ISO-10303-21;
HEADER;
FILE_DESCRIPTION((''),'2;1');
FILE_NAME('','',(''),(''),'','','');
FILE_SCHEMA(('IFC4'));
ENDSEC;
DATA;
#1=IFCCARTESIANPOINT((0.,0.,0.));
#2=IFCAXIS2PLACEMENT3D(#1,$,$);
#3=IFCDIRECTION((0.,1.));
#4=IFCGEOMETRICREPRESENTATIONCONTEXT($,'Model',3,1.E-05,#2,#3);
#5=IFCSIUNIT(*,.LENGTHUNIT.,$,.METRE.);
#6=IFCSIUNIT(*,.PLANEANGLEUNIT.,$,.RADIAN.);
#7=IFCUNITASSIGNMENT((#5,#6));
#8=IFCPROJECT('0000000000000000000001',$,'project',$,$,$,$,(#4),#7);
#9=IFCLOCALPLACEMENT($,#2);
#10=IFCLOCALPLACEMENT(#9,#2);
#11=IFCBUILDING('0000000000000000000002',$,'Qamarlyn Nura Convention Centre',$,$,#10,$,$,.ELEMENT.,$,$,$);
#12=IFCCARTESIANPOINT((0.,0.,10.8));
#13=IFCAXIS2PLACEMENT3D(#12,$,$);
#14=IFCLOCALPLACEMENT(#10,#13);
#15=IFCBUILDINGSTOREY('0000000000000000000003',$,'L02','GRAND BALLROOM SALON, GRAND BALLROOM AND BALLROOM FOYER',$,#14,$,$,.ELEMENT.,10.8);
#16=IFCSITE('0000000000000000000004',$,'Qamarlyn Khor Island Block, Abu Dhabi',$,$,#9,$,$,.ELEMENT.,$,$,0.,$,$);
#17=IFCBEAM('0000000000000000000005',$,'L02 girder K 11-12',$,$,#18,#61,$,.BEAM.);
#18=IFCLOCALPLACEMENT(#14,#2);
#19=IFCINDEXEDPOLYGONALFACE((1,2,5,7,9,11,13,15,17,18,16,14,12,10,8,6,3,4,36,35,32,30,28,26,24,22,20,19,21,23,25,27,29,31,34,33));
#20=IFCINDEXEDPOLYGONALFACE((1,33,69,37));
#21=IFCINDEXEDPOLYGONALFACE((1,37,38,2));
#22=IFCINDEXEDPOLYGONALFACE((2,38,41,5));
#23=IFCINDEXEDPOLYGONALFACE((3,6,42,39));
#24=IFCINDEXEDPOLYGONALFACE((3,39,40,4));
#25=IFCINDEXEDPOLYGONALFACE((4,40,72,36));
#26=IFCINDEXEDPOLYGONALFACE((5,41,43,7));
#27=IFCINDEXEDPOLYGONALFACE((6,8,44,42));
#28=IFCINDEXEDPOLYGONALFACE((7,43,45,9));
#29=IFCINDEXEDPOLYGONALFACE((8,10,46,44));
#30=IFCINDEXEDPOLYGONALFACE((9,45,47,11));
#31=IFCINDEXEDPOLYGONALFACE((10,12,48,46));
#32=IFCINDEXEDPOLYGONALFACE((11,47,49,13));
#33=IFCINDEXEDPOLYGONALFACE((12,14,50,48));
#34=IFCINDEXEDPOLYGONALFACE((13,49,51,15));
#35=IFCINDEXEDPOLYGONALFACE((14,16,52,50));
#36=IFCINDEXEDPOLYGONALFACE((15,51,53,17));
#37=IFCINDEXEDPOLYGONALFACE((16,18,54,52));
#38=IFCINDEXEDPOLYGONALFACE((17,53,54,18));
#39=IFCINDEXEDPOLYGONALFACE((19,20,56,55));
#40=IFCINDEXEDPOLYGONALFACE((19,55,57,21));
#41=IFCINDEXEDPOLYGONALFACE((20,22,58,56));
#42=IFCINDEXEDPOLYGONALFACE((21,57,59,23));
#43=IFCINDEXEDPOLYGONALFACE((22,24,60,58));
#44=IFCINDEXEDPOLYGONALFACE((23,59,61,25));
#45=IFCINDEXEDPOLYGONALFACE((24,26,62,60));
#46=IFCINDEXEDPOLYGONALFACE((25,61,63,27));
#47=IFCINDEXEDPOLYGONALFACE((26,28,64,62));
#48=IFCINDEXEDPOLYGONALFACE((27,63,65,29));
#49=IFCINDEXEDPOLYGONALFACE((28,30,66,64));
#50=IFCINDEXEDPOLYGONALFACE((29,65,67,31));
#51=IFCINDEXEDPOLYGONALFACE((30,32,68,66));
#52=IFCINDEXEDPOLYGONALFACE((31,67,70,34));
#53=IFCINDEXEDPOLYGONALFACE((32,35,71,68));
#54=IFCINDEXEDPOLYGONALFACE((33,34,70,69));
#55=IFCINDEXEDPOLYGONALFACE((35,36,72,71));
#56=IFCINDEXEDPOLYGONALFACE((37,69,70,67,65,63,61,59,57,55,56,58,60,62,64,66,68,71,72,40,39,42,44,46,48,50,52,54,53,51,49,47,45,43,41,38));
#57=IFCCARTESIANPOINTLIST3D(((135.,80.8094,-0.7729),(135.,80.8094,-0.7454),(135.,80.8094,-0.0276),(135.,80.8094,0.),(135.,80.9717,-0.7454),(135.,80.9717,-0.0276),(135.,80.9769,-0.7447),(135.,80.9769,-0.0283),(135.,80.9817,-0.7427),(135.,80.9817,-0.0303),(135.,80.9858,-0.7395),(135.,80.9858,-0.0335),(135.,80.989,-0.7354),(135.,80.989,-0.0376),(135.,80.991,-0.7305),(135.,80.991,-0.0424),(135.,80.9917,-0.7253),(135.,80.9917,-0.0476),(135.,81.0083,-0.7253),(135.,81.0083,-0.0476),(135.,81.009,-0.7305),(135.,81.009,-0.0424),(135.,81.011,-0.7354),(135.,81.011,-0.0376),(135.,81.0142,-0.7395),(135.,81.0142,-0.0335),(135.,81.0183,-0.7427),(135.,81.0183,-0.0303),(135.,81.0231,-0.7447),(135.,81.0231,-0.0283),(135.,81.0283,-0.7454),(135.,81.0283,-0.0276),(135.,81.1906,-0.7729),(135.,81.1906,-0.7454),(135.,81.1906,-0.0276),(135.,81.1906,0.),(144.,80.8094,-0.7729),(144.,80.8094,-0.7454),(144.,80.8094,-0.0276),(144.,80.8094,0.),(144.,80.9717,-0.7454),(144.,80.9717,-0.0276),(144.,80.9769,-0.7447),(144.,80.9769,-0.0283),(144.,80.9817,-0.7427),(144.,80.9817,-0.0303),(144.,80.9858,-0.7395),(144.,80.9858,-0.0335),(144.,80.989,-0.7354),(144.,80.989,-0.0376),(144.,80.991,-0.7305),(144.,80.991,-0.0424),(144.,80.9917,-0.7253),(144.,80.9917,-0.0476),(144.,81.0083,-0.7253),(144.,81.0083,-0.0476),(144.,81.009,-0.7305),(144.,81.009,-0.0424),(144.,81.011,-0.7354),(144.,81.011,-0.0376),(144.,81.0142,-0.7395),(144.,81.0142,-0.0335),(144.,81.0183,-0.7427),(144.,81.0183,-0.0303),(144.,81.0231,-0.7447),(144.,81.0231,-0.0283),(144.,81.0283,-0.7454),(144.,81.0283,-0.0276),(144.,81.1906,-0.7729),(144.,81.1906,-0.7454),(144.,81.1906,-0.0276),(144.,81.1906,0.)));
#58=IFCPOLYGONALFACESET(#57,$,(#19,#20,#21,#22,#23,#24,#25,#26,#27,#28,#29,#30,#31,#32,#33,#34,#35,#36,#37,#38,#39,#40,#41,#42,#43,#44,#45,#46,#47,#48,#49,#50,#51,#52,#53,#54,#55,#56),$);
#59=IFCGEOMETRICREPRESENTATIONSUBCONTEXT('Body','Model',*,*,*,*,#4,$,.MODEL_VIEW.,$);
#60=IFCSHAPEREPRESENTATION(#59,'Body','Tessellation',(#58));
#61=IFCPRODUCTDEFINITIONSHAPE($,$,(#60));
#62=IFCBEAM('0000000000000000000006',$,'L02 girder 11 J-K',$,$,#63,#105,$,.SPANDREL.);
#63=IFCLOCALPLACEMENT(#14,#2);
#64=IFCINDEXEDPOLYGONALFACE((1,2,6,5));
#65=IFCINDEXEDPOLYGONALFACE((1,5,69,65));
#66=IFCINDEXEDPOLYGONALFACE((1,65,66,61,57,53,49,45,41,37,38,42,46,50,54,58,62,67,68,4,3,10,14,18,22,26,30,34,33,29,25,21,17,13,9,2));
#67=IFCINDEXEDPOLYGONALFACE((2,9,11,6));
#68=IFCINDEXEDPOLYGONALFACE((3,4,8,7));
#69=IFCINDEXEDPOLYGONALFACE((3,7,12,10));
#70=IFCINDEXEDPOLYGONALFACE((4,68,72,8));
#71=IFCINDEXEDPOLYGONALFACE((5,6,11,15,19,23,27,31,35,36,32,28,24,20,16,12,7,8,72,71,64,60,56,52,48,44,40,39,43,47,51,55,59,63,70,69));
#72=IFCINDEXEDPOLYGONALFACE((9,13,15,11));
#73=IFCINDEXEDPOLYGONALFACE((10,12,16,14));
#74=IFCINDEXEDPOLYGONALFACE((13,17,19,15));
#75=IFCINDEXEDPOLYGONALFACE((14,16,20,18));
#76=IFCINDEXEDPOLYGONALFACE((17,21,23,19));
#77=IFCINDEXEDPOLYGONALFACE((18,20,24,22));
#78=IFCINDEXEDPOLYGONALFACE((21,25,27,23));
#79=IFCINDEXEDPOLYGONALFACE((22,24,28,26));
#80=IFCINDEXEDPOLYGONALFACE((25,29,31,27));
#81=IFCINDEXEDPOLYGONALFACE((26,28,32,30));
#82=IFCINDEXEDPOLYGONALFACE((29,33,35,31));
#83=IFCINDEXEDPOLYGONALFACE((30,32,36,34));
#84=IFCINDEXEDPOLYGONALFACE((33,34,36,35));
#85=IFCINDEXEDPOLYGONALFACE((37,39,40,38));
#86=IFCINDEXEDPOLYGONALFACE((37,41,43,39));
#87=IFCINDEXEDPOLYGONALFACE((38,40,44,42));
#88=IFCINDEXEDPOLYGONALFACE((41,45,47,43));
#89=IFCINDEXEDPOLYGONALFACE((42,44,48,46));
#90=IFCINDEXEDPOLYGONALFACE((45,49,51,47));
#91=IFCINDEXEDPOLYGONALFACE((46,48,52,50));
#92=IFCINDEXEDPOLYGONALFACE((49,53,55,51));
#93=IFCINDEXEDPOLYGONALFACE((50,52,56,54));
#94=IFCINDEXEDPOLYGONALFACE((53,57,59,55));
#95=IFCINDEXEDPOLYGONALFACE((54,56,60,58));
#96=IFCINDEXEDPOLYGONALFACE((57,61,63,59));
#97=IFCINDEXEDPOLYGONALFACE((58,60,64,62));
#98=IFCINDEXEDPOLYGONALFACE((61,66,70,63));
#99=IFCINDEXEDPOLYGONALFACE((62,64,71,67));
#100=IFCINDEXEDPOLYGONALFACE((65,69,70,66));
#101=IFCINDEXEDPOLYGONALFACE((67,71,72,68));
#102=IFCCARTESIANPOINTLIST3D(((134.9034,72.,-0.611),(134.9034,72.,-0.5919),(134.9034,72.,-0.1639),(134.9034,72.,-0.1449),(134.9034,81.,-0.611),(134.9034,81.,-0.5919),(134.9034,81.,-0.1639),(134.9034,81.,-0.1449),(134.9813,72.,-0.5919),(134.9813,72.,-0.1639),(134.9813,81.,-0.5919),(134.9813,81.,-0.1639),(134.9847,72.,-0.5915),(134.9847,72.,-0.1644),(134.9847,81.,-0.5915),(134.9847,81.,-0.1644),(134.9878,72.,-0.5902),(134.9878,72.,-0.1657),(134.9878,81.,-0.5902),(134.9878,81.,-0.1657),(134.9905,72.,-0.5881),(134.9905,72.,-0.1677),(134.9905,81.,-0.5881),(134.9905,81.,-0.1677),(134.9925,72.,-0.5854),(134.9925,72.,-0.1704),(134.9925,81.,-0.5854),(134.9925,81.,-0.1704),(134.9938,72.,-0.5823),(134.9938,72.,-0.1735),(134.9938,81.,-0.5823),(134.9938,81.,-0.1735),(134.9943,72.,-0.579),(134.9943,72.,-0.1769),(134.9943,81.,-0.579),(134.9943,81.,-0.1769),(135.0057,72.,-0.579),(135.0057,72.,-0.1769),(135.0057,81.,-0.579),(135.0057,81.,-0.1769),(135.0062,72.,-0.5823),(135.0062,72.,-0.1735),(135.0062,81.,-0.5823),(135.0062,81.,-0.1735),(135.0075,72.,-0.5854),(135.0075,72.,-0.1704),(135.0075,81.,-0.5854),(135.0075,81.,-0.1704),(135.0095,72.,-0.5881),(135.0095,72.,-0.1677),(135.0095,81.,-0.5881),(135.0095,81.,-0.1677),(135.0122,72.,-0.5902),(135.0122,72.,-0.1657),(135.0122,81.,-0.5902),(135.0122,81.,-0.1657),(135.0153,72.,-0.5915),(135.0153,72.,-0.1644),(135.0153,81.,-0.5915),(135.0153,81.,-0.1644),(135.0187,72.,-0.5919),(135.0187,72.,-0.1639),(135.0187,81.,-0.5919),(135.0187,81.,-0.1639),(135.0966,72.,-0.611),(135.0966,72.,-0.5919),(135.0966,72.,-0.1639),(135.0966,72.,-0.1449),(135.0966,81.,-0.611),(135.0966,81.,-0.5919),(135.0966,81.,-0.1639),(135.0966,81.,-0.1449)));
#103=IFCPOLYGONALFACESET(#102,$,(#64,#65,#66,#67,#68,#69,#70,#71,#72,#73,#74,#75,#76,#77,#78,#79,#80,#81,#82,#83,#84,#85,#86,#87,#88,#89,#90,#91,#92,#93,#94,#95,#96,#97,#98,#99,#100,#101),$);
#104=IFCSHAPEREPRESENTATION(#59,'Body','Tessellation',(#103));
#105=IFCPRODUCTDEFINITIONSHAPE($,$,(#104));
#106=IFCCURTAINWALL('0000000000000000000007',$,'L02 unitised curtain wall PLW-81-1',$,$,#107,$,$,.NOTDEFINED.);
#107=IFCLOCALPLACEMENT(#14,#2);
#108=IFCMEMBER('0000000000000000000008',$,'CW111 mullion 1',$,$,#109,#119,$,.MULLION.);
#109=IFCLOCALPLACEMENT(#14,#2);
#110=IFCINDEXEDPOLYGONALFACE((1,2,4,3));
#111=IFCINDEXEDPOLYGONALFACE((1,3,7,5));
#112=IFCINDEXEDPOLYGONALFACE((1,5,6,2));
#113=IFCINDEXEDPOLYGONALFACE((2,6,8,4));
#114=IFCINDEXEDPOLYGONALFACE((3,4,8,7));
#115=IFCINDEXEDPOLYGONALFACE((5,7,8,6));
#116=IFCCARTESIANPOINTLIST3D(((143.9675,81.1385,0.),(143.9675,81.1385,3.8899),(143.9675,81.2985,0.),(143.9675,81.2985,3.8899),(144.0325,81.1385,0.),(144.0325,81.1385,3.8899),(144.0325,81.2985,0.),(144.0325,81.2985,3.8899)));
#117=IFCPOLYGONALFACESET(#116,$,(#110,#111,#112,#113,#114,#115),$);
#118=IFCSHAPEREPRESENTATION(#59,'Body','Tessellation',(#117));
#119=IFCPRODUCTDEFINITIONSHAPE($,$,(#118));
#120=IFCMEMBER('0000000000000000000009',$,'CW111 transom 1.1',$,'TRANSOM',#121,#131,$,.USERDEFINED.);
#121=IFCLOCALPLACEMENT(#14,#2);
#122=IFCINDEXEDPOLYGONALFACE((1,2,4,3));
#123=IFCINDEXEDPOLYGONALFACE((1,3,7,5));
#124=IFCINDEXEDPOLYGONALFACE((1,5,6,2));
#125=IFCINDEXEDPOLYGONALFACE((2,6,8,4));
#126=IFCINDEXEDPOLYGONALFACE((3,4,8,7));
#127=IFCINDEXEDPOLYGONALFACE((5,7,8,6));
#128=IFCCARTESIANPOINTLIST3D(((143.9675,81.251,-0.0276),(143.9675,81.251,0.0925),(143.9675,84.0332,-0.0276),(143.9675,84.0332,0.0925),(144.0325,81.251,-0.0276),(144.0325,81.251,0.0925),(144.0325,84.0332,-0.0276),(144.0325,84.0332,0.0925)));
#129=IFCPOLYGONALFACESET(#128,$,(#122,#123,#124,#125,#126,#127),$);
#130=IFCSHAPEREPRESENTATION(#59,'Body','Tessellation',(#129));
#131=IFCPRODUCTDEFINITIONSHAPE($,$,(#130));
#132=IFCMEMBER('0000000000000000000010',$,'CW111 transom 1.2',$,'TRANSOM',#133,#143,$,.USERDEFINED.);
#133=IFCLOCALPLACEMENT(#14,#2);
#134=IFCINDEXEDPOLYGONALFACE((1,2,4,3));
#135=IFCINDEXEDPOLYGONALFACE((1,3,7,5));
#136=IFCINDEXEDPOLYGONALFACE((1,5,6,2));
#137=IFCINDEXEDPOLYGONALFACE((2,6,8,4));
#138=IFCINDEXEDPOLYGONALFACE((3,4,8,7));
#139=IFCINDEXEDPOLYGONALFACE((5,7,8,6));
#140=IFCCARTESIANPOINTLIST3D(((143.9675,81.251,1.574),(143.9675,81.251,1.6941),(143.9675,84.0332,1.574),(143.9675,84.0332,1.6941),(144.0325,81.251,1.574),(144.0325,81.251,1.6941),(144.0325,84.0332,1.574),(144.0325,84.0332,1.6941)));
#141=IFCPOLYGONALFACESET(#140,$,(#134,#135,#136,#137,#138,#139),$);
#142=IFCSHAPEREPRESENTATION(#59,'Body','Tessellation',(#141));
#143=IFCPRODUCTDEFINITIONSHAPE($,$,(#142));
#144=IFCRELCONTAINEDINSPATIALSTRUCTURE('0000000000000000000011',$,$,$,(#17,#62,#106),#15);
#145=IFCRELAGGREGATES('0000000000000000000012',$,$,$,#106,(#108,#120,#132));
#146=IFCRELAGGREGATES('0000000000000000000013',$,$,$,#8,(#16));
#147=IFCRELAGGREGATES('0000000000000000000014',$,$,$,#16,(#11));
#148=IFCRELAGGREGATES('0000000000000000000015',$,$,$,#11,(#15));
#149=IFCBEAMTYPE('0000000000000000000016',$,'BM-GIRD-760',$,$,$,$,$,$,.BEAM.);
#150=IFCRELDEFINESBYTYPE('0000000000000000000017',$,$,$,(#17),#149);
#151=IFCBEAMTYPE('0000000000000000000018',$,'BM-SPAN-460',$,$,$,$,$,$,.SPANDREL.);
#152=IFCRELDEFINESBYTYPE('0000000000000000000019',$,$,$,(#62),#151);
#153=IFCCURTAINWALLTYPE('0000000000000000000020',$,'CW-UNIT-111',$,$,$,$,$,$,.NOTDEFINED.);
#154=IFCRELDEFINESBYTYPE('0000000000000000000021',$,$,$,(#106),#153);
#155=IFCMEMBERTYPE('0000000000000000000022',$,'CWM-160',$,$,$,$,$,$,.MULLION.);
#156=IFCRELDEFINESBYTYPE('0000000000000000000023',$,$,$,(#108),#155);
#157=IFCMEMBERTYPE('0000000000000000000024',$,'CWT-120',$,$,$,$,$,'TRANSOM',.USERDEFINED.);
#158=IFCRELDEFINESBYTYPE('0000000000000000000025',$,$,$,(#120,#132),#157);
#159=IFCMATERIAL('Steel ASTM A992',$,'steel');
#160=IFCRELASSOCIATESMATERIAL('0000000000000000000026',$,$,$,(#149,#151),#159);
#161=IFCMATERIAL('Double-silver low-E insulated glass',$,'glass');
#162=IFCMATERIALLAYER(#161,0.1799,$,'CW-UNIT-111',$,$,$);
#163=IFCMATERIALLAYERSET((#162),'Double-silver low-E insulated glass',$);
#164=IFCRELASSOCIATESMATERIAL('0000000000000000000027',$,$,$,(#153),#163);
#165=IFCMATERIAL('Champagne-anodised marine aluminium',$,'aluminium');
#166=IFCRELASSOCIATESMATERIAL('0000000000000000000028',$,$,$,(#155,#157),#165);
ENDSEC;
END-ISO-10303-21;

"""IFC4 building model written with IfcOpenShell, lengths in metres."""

from ifc_helpers import new_model, si_unit, direction, frame, origin, origin_2d, place, context, subcontext, project, spatial, rectangle, i_section, extrude, material, layer, layer_set, material_profile, profile_set, type_object, element, aggregate, save


model = new_model("IFC4")

# Units and contexts
model_context = context("Model", 3, precision=1e-05, world=origin(), true_north=direction((0.0, 1.0)))
body_context = subcontext(model_context, "Body", "Model", "MODEL_VIEW")
ifc_project = project(units=[si_unit("LENGTHUNIT", "METRE"), si_unit("PLANEANGLEUNIT", "RADIAN")], contexts=[model_context])

# Site, building, storey
site_placement = place(None, origin())
site = spatial("IfcSite", under=ifc_project, at=site_placement, Name="Qamarlyn Khor Island Block, Abu Dhabi", CompositionType="ELEMENT", RefElevation=0.0)
building_placement = place(site_placement, origin())
building = spatial("IfcBuilding", under=site, at=building_placement, Name="Qamarlyn Nura Convention Centre", CompositionType="ELEMENT")
storey_placement = place(building_placement, frame((0.0, 0.0, 10.8)))
storey = spatial("IfcBuildingStorey", under=building, at=storey_placement, Name="L02", Description="GRAND BALLROOM SALON, GRAND BALLROOM AND BALLROOM FOYER", CompositionType="ELEMENT", Elevation=10.8)

# Shared definitions
ifc_material_1 = material(Name="Steel ASTM A992", Category="steel")

# Beams
ifc_material_profile_1 = material_profile(ifc_material_1, i_section(OverallWidth=0.3811, OverallDepth=0.7729, WebThickness=0.0166, FlangeThickness=0.0276, FilletRadius=0.02, at=origin_2d()), Name="W760X257")
ifc_profile_set_1 = profile_set([ifc_material_profile_1], Name="Steel ASTM A992")
beam_type_1 = type_object("IfcBeamType", Name="BM-GIRD-760", PredefinedType="BEAM", material=ifc_profile_set_1)
beam_1_placement = place(storey_placement, frame((135.0, 81.0, -0.3865), z_axis=(1.0, 0.0, 0.0), x_axis=(0.0, 1.0, 0.0)))
element("IfcBeam", 1, at=beam_1_placement, inside=storey, type_object=beam_type_1, Name="L02 girder K 11-12", PredefinedType="BEAM", context=body_context, shape_type="SweptSolid", body=[
    extrude(i_section(OverallWidth=0.3811, OverallDepth=0.7729, WebThickness=0.0166, FlangeThickness=0.0276, FilletRadius=0.02, at=origin_2d()), origin(), (0.0, 0.0, 1.0), 9.0),
])
ifc_material_profile_2 = material_profile(ifc_material_1, i_section(OverallWidth=0.1931, OverallDepth=0.4661, WebThickness=0.0115, FlangeThickness=0.019, FilletRadius=0.0129, at=origin_2d()), Name="W460X97")
ifc_profile_set_2 = profile_set([ifc_material_profile_2], Name="Steel ASTM A992")
beam_type_2 = type_object("IfcBeamType", Name="BM-SPAN-460", PredefinedType="SPANDREL", material=ifc_profile_set_2)
beam_2_placement = place(storey_placement, frame((135.0, 72.0, -0.3779), z_axis=(0.0, 1.0, 0.0), x_axis=(-1.0, 0.0, 0.0)))
element("IfcBeam", 2, at=beam_2_placement, inside=storey, type_object=beam_type_2, Name="L02 girder 11 J-K", PredefinedType="SPANDREL", context=body_context, shape_type="SweptSolid", body=[
    extrude(i_section(OverallWidth=0.1931, OverallDepth=0.4661, WebThickness=0.0115, FlangeThickness=0.019, FilletRadius=0.0129, at=origin_2d()), origin(), (0.0, 0.0, 1.0), 9.0),
])

# Curtain wall, members
ifc_material_2 = material(Name="Double-silver low-E insulated glass", Category="glass")
ifc_layer_1 = layer(ifc_material_2, 0.1799, Name="CW-UNIT-111")
ifc_layer_set_1 = layer_set([ifc_layer_1], Name="Double-silver low-E insulated glass")
curtain_wall_type = type_object("IfcCurtainWallType", Name="CW-UNIT-111", PredefinedType="NOTDEFINED", material=ifc_layer_set_1)
curtain_wall_placement = place(storey_placement, origin())
curtain_wall = element("IfcCurtainWall", 3, at=curtain_wall_placement, inside=storey, type_object=curtain_wall_type, Name="L02 unitised curtain wall PLW-81-1", PredefinedType="NOTDEFINED")
ifc_material_3 = material(Name="Champagne-anodised marine aluminium", Category="aluminium")
ifc_material_profile_3 = material_profile(ifc_material_3, rectangle(XDim=0.0649, YDim=0.1599, at=origin_2d()), Name="ALU MULLION 65x160")
ifc_profile_set_3 = profile_set([ifc_material_profile_3], Name="Champagne-anodised marine aluminium")
member_type_1 = type_object("IfcMemberType", Name="CWM-160", PredefinedType="MULLION", material=ifc_profile_set_3)
member_1_placement = place(storey_placement, frame((144.0, 81.2185, 0.0), z_axis=(0.0, 0.0, 1.0), x_axis=(-1.0, 0.0, 0.0)))
member_1 = element("IfcMember", 4, at=member_1_placement, type_object=member_type_1, Name="CW111 mullion 1", PredefinedType="MULLION", context=body_context, shape_type="SweptSolid", body=[
    extrude(rectangle(XDim=0.0649, YDim=0.1599, at=origin_2d()), origin(), (0.0, 0.0, 1.0), 3.8899),
])
ifc_material_profile_4 = material_profile(ifc_material_3, rectangle(XDim=0.0649, YDim=0.1201, at=origin_2d()), Name="ALU TRANSOM 65x120")
ifc_profile_set_4 = profile_set([ifc_material_profile_4], Name="Champagne-anodised marine aluminium")
member_type_2 = type_object("IfcMemberType", Name="CWT-120", ElementType="TRANSOM", PredefinedType="USERDEFINED", material=ifc_profile_set_4)
member_2_placement = place(storey_placement, frame((144.0, 81.251, 0.0325), z_axis=(0.0, 1.0, 0.0), x_axis=(-1.0, 0.0, 0.0)))
member_2 = element("IfcMember", 5, at=member_2_placement, type_object=member_type_2, Name="CW111 transom 1.1", ObjectType="TRANSOM", PredefinedType="USERDEFINED", context=body_context, shape_type="SweptSolid", body=[
    extrude(rectangle(XDim=0.0649, YDim=0.1201, at=origin_2d()), origin(), (0.0, 0.0, 1.0), 2.7822),
])
member_3_placement = place(storey_placement, frame((144.0, 81.251, 1.634), z_axis=(0.0, 1.0, 0.0), x_axis=(-1.0, 0.0, 0.0)))
member_3 = element("IfcMember", 6, at=member_3_placement, type_object=member_type_2, Name="CW111 transom 1.2", ObjectType="TRANSOM", PredefinedType="USERDEFINED", context=body_context, shape_type="SweptSolid", body=[
    extrude(rectangle(XDim=0.0649, YDim=0.1201, at=origin_2d()), origin(), (0.0, 0.0, 1.0), 2.7822),
])
aggregate(curtain_wall, [member_1, member_2, member_3])

save(model, "model.ifc")
